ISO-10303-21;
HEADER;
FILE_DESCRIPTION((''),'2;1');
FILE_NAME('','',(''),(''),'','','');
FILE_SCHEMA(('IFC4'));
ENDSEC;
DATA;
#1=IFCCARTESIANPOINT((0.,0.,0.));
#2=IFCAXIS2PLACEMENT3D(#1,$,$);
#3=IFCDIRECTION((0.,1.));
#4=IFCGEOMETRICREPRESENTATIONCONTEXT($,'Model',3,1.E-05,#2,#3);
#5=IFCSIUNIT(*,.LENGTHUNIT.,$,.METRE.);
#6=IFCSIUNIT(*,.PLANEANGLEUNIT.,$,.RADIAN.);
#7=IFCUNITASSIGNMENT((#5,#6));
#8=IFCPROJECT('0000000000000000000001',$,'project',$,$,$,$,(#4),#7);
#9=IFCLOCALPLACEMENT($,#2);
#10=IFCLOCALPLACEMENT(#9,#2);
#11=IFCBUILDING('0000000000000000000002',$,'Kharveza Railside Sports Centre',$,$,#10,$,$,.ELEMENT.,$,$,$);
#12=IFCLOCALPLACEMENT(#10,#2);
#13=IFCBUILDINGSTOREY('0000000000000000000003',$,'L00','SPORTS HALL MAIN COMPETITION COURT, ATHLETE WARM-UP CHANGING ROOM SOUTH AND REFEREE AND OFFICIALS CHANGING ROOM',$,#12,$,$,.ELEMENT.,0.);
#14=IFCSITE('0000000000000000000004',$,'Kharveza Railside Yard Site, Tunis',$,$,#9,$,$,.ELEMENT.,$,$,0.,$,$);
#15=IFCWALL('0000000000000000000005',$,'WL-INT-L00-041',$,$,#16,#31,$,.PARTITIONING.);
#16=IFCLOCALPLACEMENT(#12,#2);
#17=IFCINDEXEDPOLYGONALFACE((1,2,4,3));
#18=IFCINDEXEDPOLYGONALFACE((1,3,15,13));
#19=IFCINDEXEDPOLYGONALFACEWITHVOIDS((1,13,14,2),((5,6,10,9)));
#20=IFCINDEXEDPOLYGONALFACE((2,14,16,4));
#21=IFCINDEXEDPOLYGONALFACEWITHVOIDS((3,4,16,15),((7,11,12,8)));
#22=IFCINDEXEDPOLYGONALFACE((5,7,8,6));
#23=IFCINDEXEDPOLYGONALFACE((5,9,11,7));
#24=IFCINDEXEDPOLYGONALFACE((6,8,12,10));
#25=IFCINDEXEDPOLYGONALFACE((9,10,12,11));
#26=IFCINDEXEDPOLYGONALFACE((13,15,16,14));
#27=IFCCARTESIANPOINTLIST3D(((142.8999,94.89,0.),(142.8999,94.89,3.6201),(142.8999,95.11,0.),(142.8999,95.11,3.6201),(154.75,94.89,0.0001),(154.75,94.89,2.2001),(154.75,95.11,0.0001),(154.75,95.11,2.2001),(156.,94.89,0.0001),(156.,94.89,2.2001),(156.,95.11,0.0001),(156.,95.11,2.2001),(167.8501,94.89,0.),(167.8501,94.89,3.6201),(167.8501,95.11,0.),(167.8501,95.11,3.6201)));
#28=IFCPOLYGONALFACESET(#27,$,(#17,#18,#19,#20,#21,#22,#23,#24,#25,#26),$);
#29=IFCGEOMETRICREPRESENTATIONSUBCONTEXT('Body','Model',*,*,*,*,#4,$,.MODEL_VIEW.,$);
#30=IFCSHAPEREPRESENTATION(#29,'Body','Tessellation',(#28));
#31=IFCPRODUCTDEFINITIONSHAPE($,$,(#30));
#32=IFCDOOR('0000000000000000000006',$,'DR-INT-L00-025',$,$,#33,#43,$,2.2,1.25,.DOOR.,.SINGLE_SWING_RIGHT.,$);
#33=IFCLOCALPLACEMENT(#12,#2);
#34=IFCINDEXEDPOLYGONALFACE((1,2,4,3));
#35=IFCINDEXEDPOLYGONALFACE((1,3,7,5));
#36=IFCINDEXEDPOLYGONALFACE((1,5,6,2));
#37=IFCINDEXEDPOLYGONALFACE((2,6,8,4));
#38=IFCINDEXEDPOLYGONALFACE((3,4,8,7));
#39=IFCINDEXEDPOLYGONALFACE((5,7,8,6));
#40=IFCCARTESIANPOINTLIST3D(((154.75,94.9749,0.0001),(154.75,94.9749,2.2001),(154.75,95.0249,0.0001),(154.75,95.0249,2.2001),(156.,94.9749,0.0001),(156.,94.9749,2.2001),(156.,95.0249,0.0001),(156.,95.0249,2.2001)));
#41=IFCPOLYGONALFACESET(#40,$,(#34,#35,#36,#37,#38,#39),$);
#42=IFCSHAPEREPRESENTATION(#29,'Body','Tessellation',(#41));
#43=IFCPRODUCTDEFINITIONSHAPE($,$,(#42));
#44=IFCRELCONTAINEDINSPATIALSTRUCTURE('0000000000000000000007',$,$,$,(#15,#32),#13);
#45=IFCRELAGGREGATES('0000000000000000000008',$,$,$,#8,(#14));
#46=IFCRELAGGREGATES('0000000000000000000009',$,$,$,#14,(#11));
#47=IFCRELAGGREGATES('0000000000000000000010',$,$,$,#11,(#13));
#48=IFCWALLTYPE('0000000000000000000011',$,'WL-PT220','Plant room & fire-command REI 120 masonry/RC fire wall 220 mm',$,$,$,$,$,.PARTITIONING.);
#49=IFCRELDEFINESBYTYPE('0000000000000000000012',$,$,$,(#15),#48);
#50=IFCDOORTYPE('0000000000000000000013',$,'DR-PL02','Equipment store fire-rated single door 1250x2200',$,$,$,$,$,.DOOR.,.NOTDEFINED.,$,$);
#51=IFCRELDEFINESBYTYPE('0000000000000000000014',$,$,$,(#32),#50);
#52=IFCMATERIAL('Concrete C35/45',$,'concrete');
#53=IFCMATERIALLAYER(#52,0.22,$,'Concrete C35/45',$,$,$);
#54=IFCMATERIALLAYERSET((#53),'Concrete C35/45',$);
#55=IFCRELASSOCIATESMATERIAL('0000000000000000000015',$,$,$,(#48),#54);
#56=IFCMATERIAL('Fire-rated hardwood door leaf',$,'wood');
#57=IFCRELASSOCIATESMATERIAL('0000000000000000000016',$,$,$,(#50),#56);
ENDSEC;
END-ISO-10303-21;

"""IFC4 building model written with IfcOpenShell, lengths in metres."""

from ifc_helpers import new_model, si_unit, direction, frame, frame_2d, origin, place, context, subcontext, project, spatial, rectangle, extrude, material, layer, layer_set, type_object, element, fill, save


model = new_model("IFC4")

# Units and contexts
model_context = context("Model", 3, precision=1e-05, world=origin(), true_north=direction((0.0, 1.0)))
body_context = subcontext(model_context, "Body", "Model", "MODEL_VIEW")
ifc_project = project(units=[si_unit("LENGTHUNIT", "METRE"), si_unit("PLANEANGLEUNIT", "RADIAN")], contexts=[model_context])

# Site, building, storey
site_placement = place(None, origin())
site = spatial("IfcSite", under=ifc_project, at=site_placement, Name="Kharveza Railside Yard Site, Tunis", CompositionType="ELEMENT", RefElevation=0.0)
building_placement = place(site_placement, origin())
building = spatial("IfcBuilding", under=site, at=building_placement, Name="Kharveza Railside Sports Centre", CompositionType="ELEMENT")
storey_placement = place(building_placement, origin())
storey = spatial("IfcBuildingStorey", under=building, at=storey_placement, Name="L00", Description="SPORTS HALL MAIN COMPETITION COURT, ATHLETE WARM-UP CHANGING ROOM SOUTH AND REFEREE AND OFFICIALS CHANGING ROOM", CompositionType="ELEMENT", Elevation=0.0)

# Shared definitions
ifc_material_1 = material(Name="Concrete C35/45", Category="concrete")

# Wall, opening, door
ifc_layer = layer(ifc_material_1, 0.22, Name="Concrete C35/45")
ifc_layer_set = layer_set([ifc_layer], Name="Concrete C35/45")
wall_type = type_object("IfcWallType", Name="WL-PT220", Description="Plant room & fire-command REI 120 masonry/RC fire wall 220 mm", PredefinedType="PARTITIONING", material=ifc_layer_set)
wall_placement = place(storey_placement, frame((142.8999, 95.0, 0.0), z_axis=(0.0, 0.0, 1.0), x_axis=(1.0, 0.0, 0.0)))
wall = element("IfcWall", 1, at=wall_placement, inside=storey, type_object=wall_type, Name="WL-INT-L00-041", PredefinedType="PARTITIONING", context=body_context, shape_type="SweptSolid", body=[
    extrude(rectangle(XDim=24.9502, YDim=0.22, at=frame_2d((12.4751, 0.0))), origin(), (0.0, 0.0, 1.0), 3.6201),
])
opening_placement = place(wall_placement, frame((11.8501, 0.0, 0.0)))
opening = element("IfcOpeningElement", 2, at=opening_placement, cuts=wall, PredefinedType="OPENING", context=body_context, shape_type="SweptSolid", body=[
    extrude(rectangle(XDim=1.25, YDim=2.2, at=frame_2d((0.625, 1.1001))), frame((0.0, 0.1348, 0.0), z_axis=(0.0, -1.0, 0.0), x_axis=(1.0, 0.0, 0.0)), (0.0, 0.0, 1.0), 0.2698),
])
ifc_material_2 = material(Name="Fire-rated hardwood door leaf", Category="wood")
door_type = type_object("IfcDoorType", Name="DR-PL02", Description="Equipment store fire-rated single door 1250x2200", OperationType="NOTDEFINED", PredefinedType="DOOR", material=ifc_material_2)
door_placement = place(opening_placement, origin())
door = element("IfcDoor", 3, at=door_placement, inside=storey, type_object=door_type, Name="DR-INT-L00-025", OperationType="SINGLE_SWING_RIGHT", OverallHeight=2.2, OverallWidth=1.25, PredefinedType="DOOR", context=body_context, shape_type="SweptSolid", body=[
    extrude(rectangle(XDim=1.25, YDim=2.2, at=frame_2d((0.625, 1.1001))), frame((0.0, 0.0249, 0.0), z_axis=(0.0, -1.0, 0.0), x_axis=(1.0, 0.0, 0.0)), (0.0, 0.0, 1.0), 0.05),
])
fill(opening, door)

save(model, "model.ifc")
